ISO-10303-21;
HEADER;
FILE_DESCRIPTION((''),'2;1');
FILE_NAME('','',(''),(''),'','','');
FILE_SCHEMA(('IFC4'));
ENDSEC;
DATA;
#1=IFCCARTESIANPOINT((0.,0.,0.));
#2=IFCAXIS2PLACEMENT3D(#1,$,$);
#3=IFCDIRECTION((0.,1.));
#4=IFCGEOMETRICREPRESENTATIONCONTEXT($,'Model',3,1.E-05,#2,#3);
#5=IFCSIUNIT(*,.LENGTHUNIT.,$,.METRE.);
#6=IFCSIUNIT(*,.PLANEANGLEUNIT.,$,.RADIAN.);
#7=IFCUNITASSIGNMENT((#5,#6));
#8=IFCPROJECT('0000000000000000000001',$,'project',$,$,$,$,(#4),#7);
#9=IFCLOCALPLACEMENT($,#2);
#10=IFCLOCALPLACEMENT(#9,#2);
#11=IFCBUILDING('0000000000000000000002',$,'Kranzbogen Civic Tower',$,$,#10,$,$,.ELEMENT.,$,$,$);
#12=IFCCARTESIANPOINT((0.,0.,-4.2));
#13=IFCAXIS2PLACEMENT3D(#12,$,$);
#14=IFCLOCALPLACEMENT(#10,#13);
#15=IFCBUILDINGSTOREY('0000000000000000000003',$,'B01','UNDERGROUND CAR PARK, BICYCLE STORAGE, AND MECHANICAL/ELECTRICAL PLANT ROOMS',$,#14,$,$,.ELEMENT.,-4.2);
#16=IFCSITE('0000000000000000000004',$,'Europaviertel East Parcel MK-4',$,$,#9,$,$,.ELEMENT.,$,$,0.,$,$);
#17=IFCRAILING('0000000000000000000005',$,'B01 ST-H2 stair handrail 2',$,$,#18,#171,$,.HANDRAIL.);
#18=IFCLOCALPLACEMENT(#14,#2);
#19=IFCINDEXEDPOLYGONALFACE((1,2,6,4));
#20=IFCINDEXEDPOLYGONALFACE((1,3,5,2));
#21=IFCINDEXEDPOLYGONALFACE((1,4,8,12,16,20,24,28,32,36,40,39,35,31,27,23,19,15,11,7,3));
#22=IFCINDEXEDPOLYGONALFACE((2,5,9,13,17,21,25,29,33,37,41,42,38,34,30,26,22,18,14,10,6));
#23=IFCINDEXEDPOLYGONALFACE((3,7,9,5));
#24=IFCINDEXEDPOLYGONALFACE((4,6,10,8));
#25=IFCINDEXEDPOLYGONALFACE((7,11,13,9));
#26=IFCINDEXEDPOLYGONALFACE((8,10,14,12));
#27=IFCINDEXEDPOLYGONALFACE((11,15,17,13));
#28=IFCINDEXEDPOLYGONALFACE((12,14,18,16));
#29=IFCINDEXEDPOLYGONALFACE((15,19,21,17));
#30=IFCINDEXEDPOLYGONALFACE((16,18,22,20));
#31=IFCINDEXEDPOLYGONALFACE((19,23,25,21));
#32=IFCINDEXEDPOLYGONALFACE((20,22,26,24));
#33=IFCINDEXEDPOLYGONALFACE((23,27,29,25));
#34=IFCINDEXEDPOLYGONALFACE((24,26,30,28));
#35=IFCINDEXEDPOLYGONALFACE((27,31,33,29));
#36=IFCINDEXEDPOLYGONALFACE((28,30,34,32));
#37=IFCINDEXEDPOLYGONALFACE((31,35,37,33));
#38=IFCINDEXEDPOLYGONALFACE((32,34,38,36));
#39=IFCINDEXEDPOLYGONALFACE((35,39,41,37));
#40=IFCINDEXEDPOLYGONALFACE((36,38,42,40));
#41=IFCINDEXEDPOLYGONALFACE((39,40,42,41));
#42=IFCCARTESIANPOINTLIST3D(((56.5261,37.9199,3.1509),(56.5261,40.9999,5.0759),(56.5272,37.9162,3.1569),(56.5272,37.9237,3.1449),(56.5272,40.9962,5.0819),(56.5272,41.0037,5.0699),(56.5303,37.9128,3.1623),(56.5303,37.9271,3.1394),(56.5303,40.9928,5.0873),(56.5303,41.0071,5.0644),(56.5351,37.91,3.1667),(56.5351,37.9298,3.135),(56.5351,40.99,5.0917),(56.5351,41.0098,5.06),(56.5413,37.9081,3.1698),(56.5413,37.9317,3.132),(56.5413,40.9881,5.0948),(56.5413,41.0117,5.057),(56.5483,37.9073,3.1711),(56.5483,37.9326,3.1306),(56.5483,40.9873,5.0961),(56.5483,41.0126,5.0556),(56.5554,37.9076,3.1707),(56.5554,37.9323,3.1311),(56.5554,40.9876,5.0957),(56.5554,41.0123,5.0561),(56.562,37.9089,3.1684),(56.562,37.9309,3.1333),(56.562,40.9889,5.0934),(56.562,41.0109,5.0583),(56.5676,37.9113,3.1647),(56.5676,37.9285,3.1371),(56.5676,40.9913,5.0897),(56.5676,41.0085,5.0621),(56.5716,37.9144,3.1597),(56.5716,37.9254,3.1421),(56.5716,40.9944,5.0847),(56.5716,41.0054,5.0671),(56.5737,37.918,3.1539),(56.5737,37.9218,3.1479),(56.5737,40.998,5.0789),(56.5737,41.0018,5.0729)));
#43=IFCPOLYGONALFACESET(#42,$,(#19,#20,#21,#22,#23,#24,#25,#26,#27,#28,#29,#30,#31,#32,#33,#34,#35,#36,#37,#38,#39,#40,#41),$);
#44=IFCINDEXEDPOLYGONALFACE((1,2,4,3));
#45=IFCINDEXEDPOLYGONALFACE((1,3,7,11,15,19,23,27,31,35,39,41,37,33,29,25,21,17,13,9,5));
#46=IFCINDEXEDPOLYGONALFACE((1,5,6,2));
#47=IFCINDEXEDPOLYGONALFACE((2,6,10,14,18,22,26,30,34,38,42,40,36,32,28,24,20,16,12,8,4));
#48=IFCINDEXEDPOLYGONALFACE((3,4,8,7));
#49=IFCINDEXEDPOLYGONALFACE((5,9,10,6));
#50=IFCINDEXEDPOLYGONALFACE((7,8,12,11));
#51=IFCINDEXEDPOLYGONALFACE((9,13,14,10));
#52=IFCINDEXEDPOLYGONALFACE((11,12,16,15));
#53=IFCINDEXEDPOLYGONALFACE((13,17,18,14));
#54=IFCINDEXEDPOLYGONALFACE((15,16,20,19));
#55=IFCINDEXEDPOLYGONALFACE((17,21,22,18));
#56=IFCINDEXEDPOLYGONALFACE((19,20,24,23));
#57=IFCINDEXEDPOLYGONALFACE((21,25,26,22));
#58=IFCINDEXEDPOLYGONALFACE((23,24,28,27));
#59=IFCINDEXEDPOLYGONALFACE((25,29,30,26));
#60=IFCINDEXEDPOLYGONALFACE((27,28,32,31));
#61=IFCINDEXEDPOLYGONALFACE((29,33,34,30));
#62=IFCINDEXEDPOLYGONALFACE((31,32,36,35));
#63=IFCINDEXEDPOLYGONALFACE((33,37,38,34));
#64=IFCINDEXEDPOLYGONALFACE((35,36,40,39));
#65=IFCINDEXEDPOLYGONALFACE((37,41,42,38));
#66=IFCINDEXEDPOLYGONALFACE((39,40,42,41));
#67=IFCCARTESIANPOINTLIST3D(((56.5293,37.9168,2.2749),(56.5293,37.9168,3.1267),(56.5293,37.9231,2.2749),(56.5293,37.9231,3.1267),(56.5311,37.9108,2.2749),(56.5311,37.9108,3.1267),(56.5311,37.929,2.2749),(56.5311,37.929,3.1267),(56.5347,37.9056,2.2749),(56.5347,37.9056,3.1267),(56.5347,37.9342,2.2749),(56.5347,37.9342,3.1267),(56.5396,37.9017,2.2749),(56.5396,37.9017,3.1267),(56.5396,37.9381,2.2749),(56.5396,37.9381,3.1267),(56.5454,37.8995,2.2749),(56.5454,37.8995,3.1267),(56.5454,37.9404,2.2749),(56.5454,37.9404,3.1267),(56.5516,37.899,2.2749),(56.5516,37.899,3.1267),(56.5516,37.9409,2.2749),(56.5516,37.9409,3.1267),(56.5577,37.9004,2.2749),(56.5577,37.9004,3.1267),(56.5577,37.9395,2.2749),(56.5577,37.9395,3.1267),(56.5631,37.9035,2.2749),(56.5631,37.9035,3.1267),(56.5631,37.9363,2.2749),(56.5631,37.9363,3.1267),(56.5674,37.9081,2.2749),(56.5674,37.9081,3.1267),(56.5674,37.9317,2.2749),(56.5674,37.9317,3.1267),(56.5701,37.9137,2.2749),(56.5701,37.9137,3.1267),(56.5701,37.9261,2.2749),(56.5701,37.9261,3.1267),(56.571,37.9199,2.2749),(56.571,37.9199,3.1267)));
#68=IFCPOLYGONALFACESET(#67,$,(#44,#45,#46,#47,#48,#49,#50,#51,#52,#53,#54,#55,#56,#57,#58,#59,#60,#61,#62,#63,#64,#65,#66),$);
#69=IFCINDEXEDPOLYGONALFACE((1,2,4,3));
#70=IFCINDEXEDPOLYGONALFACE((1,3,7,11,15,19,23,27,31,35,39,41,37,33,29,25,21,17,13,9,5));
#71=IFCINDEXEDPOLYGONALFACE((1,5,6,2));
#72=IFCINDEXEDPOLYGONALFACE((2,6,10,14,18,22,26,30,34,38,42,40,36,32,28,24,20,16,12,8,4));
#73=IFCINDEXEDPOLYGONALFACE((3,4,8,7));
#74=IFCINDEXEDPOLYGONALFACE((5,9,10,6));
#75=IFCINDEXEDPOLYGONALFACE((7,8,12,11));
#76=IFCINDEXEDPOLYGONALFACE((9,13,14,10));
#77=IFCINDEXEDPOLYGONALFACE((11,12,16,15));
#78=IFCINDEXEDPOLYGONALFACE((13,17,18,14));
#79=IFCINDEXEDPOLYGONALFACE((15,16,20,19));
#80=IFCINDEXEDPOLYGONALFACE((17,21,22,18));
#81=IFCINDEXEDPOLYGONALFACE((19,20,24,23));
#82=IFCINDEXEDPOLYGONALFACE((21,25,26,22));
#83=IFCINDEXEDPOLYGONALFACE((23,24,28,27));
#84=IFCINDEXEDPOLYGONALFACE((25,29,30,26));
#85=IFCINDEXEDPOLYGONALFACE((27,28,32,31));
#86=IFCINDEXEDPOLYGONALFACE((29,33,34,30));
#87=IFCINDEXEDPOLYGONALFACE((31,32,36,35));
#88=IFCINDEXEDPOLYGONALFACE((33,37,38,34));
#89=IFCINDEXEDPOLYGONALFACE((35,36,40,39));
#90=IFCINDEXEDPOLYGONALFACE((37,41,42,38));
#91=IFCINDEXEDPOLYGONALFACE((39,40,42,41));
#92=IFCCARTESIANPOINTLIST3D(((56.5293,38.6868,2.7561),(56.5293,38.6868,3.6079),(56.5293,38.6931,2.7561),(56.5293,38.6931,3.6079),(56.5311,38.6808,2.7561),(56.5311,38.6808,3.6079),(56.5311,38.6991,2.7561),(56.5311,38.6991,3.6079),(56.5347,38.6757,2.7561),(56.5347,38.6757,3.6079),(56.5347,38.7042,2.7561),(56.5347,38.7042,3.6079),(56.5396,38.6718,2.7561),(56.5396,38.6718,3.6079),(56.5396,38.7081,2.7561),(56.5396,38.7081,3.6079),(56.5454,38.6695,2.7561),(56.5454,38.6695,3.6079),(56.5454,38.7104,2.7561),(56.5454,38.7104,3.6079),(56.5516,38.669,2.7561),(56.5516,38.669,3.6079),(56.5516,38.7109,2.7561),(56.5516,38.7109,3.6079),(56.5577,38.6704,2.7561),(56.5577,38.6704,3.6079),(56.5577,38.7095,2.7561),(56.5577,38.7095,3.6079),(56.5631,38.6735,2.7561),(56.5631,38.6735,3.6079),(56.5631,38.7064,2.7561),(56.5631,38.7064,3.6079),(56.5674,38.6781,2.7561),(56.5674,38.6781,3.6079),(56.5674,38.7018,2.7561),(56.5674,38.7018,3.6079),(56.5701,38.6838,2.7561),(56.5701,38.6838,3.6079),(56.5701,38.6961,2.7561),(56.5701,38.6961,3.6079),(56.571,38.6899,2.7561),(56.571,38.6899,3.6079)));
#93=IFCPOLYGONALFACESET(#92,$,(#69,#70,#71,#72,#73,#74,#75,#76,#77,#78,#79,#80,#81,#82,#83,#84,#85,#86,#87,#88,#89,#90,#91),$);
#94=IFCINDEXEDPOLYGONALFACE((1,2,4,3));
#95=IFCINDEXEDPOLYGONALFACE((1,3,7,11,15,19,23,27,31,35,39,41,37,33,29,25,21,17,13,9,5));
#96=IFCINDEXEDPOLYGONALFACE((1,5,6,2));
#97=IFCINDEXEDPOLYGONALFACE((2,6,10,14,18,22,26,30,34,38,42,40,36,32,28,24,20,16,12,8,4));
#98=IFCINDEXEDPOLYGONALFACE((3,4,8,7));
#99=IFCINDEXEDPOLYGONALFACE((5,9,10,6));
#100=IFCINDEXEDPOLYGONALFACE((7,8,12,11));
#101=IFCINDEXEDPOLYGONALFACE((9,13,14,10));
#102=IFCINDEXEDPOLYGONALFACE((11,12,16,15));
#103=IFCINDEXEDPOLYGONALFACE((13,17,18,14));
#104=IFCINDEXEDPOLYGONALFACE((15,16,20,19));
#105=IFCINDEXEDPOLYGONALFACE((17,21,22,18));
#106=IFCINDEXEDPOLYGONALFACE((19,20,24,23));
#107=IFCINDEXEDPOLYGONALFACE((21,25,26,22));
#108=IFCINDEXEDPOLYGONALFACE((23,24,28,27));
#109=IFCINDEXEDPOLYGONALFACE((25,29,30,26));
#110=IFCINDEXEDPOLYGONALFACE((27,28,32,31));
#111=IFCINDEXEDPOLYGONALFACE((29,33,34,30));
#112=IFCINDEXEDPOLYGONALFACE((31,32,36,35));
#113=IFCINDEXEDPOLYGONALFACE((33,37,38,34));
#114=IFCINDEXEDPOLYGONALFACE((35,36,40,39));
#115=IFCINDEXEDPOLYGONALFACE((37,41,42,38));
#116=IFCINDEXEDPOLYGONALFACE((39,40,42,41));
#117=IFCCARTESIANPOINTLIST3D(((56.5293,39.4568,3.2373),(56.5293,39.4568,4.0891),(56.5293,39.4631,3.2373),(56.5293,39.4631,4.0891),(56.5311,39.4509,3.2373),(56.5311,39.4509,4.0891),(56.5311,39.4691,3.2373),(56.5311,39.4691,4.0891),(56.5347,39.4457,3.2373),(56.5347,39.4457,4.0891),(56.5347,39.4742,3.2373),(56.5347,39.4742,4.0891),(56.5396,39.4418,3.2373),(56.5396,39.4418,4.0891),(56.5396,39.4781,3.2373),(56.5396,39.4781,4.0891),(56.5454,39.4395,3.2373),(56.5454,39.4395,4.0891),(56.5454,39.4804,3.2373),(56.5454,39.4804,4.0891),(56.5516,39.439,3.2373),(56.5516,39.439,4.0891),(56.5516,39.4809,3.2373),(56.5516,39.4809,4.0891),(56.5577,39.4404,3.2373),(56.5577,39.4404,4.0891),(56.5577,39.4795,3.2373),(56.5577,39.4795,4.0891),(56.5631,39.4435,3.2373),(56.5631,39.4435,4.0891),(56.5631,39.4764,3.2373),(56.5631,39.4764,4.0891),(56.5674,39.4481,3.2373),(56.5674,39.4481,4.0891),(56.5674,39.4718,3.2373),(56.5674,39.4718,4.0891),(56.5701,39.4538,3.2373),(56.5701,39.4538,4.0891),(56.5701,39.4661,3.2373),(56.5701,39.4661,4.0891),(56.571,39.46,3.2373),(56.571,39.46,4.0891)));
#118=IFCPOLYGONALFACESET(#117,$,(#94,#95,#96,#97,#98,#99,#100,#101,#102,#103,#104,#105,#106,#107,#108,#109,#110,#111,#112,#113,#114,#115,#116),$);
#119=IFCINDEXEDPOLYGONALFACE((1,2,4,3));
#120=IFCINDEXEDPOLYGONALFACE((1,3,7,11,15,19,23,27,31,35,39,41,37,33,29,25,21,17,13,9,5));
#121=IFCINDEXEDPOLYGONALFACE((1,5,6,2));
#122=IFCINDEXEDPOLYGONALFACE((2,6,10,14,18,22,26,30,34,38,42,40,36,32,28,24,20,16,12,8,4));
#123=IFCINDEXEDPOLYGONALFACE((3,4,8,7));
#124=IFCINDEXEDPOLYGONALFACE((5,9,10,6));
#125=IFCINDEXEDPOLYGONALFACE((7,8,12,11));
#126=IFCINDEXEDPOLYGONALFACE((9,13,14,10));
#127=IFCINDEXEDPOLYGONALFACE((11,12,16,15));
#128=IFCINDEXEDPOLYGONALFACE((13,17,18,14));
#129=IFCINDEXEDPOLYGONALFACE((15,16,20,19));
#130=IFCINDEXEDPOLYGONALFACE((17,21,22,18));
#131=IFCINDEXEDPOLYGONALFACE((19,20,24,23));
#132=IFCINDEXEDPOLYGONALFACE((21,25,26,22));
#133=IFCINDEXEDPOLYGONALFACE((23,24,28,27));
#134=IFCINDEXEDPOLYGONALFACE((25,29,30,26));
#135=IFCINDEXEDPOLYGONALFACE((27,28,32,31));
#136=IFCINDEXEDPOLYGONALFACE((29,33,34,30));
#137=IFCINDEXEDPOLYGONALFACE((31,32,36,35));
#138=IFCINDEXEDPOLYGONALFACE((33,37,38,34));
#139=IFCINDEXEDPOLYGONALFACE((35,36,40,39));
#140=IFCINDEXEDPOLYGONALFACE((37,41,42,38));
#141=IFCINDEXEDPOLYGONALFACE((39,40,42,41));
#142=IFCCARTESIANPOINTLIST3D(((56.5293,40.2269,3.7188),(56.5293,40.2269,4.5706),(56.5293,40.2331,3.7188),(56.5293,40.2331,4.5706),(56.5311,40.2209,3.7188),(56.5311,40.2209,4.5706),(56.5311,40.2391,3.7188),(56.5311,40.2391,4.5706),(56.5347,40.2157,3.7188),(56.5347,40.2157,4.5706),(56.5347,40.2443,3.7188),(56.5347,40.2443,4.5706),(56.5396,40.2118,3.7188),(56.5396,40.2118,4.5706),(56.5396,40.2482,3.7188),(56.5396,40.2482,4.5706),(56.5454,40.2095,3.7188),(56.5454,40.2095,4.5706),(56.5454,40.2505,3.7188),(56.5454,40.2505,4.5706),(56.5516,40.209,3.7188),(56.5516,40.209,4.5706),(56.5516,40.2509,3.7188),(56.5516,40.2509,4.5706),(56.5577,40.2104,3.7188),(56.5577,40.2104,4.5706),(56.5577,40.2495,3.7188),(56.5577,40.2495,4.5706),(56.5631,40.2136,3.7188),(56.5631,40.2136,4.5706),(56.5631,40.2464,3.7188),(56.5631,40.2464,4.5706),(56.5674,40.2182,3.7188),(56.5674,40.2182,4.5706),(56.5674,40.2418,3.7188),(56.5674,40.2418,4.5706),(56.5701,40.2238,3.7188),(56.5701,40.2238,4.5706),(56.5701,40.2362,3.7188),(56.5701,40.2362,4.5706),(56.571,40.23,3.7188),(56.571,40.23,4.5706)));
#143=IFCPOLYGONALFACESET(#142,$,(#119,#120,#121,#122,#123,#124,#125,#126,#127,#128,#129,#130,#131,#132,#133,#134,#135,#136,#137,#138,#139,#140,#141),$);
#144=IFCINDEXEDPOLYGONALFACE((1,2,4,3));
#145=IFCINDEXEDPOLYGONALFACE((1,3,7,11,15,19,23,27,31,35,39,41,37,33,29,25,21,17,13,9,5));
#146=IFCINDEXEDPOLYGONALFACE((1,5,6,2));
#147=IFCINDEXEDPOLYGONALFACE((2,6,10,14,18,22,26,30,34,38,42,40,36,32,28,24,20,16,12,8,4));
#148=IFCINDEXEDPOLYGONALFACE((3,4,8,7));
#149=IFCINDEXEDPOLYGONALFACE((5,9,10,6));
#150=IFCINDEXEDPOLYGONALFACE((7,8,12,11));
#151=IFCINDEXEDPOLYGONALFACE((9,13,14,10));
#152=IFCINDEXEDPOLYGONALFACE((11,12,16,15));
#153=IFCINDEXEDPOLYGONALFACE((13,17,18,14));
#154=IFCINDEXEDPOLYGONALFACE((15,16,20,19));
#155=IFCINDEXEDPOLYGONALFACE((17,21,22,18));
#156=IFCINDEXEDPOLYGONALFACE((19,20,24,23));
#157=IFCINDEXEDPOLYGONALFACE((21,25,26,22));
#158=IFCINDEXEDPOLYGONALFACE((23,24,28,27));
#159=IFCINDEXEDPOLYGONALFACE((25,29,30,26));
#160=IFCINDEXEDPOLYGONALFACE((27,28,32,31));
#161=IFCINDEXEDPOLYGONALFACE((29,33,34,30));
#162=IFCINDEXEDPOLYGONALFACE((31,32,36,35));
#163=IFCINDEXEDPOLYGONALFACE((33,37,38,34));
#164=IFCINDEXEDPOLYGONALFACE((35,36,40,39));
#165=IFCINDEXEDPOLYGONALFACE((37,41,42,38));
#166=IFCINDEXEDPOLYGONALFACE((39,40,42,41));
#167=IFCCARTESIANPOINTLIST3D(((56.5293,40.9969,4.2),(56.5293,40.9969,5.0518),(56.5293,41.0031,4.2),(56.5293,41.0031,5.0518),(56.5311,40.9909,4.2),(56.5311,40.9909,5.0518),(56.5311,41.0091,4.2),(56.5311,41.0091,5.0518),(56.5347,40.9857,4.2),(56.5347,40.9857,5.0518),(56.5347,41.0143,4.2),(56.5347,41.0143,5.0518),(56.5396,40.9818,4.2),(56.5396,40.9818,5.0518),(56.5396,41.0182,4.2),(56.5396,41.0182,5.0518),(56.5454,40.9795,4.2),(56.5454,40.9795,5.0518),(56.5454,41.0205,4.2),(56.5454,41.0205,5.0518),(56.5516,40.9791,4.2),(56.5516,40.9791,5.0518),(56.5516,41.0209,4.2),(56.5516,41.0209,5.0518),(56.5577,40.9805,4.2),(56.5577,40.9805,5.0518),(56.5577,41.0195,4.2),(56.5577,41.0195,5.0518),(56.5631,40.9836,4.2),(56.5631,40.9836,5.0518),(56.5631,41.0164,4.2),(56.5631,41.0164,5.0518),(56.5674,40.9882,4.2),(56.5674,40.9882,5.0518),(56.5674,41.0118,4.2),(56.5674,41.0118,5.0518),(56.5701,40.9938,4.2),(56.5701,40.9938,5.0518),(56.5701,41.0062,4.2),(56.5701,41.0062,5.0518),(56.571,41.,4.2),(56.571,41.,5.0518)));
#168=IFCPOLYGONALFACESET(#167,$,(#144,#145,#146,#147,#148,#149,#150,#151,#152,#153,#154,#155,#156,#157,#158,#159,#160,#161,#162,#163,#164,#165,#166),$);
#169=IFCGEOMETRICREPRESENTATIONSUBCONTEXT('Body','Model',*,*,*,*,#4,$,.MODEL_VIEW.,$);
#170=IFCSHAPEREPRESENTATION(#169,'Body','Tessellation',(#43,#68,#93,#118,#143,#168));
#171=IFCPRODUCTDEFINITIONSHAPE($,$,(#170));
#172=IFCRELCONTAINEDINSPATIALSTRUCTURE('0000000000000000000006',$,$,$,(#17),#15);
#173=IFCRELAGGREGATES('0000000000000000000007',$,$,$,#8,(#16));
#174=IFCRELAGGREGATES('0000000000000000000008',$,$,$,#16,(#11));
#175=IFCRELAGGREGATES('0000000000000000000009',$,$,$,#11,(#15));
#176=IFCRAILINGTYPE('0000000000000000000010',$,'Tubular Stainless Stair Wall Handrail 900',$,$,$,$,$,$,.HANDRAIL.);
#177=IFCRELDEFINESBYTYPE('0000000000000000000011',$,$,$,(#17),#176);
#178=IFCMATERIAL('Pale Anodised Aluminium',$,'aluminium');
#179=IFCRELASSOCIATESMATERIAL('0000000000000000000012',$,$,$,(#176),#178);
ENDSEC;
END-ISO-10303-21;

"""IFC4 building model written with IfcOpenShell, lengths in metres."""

from ifc_helpers import new_model, si_unit, direction, frame, origin, origin_2d, place, context, subcontext, project, spatial, circle, extrude, material, type_object, element, save


model = new_model("IFC4")

# Units and contexts
model_context = context("Model", 3, precision=1e-05, world=origin(), true_north=direction((0.0, 1.0)))
body_context = subcontext(model_context, "Body", "Model", "MODEL_VIEW")
ifc_project = project(units=[si_unit("LENGTHUNIT", "METRE"), si_unit("PLANEANGLEUNIT", "RADIAN")], contexts=[model_context])

# Site, building, storey
site_placement = place(None, origin())
site = spatial("IfcSite", under=ifc_project, at=site_placement, Name="Europaviertel East Parcel MK-4", CompositionType="ELEMENT", RefElevation=0.0)
building_placement = place(site_placement, origin())
building = spatial("IfcBuilding", under=site, at=building_placement, Name="Kranzbogen Civic Tower", CompositionType="ELEMENT")
storey_placement = place(building_placement, frame((0.0, 0.0, -4.2)))
storey = spatial("IfcBuildingStorey", under=building, at=storey_placement, Name="B01", Description="UNDERGROUND CAR PARK, BICYCLE STORAGE, AND MECHANICAL/ELECTRICAL PLANT ROOMS", CompositionType="ELEMENT", Elevation=-4.2)

# Railing
ifc_material_1 = material(Name="Pale Anodised Aluminium", Category="aluminium")
railing_type_1 = type_object("IfcRailingType", Name="Tubular Stainless Stair Wall Handrail 900", PredefinedType="HANDRAIL", material=ifc_material_1)
railing_1_placement = place(storey_placement, frame((56.55, 37.9199, 2.2749)))
element("IfcRailing", 1, at=railing_1_placement, inside=storey, type_object=railing_type_1, Name="B01 ST-H2 stair handrail 2", PredefinedType="HANDRAIL", context=body_context, shape_type="SweptSolid", body=[
    extrude(circle(Radius=0.0239, at=origin_2d()), frame((0.0, 0.0, 0.876), z_axis=(0.0, 0.847998, 0.529999), x_axis=(-1.0, 0.0, 0.0)), (0.0, 0.0, 1.0), 3.6321),
    extrude(circle(Radius=0.021, at=origin_2d()), origin(), (0.0, 0.0, 1.0), 0.8518),
    extrude(circle(Radius=0.021, at=origin_2d()), frame((0.0, 0.77, 0.4812)), (0.0, 0.0, 1.0), 0.8518),
    extrude(circle(Radius=0.021, at=origin_2d()), frame((0.0, 1.54, 0.9624)), (0.0, 0.0, 1.0), 0.8518),
    extrude(circle(Radius=0.021, at=origin_2d()), frame((0.0, 2.3101, 1.4438)), (0.0, 0.0, 1.0), 0.8518),
    extrude(circle(Radius=0.021, at=origin_2d()), frame((0.0, 3.0801, 1.925)), (0.0, 0.0, 1.0), 0.8518),
])

save(model, "model.ifc")
